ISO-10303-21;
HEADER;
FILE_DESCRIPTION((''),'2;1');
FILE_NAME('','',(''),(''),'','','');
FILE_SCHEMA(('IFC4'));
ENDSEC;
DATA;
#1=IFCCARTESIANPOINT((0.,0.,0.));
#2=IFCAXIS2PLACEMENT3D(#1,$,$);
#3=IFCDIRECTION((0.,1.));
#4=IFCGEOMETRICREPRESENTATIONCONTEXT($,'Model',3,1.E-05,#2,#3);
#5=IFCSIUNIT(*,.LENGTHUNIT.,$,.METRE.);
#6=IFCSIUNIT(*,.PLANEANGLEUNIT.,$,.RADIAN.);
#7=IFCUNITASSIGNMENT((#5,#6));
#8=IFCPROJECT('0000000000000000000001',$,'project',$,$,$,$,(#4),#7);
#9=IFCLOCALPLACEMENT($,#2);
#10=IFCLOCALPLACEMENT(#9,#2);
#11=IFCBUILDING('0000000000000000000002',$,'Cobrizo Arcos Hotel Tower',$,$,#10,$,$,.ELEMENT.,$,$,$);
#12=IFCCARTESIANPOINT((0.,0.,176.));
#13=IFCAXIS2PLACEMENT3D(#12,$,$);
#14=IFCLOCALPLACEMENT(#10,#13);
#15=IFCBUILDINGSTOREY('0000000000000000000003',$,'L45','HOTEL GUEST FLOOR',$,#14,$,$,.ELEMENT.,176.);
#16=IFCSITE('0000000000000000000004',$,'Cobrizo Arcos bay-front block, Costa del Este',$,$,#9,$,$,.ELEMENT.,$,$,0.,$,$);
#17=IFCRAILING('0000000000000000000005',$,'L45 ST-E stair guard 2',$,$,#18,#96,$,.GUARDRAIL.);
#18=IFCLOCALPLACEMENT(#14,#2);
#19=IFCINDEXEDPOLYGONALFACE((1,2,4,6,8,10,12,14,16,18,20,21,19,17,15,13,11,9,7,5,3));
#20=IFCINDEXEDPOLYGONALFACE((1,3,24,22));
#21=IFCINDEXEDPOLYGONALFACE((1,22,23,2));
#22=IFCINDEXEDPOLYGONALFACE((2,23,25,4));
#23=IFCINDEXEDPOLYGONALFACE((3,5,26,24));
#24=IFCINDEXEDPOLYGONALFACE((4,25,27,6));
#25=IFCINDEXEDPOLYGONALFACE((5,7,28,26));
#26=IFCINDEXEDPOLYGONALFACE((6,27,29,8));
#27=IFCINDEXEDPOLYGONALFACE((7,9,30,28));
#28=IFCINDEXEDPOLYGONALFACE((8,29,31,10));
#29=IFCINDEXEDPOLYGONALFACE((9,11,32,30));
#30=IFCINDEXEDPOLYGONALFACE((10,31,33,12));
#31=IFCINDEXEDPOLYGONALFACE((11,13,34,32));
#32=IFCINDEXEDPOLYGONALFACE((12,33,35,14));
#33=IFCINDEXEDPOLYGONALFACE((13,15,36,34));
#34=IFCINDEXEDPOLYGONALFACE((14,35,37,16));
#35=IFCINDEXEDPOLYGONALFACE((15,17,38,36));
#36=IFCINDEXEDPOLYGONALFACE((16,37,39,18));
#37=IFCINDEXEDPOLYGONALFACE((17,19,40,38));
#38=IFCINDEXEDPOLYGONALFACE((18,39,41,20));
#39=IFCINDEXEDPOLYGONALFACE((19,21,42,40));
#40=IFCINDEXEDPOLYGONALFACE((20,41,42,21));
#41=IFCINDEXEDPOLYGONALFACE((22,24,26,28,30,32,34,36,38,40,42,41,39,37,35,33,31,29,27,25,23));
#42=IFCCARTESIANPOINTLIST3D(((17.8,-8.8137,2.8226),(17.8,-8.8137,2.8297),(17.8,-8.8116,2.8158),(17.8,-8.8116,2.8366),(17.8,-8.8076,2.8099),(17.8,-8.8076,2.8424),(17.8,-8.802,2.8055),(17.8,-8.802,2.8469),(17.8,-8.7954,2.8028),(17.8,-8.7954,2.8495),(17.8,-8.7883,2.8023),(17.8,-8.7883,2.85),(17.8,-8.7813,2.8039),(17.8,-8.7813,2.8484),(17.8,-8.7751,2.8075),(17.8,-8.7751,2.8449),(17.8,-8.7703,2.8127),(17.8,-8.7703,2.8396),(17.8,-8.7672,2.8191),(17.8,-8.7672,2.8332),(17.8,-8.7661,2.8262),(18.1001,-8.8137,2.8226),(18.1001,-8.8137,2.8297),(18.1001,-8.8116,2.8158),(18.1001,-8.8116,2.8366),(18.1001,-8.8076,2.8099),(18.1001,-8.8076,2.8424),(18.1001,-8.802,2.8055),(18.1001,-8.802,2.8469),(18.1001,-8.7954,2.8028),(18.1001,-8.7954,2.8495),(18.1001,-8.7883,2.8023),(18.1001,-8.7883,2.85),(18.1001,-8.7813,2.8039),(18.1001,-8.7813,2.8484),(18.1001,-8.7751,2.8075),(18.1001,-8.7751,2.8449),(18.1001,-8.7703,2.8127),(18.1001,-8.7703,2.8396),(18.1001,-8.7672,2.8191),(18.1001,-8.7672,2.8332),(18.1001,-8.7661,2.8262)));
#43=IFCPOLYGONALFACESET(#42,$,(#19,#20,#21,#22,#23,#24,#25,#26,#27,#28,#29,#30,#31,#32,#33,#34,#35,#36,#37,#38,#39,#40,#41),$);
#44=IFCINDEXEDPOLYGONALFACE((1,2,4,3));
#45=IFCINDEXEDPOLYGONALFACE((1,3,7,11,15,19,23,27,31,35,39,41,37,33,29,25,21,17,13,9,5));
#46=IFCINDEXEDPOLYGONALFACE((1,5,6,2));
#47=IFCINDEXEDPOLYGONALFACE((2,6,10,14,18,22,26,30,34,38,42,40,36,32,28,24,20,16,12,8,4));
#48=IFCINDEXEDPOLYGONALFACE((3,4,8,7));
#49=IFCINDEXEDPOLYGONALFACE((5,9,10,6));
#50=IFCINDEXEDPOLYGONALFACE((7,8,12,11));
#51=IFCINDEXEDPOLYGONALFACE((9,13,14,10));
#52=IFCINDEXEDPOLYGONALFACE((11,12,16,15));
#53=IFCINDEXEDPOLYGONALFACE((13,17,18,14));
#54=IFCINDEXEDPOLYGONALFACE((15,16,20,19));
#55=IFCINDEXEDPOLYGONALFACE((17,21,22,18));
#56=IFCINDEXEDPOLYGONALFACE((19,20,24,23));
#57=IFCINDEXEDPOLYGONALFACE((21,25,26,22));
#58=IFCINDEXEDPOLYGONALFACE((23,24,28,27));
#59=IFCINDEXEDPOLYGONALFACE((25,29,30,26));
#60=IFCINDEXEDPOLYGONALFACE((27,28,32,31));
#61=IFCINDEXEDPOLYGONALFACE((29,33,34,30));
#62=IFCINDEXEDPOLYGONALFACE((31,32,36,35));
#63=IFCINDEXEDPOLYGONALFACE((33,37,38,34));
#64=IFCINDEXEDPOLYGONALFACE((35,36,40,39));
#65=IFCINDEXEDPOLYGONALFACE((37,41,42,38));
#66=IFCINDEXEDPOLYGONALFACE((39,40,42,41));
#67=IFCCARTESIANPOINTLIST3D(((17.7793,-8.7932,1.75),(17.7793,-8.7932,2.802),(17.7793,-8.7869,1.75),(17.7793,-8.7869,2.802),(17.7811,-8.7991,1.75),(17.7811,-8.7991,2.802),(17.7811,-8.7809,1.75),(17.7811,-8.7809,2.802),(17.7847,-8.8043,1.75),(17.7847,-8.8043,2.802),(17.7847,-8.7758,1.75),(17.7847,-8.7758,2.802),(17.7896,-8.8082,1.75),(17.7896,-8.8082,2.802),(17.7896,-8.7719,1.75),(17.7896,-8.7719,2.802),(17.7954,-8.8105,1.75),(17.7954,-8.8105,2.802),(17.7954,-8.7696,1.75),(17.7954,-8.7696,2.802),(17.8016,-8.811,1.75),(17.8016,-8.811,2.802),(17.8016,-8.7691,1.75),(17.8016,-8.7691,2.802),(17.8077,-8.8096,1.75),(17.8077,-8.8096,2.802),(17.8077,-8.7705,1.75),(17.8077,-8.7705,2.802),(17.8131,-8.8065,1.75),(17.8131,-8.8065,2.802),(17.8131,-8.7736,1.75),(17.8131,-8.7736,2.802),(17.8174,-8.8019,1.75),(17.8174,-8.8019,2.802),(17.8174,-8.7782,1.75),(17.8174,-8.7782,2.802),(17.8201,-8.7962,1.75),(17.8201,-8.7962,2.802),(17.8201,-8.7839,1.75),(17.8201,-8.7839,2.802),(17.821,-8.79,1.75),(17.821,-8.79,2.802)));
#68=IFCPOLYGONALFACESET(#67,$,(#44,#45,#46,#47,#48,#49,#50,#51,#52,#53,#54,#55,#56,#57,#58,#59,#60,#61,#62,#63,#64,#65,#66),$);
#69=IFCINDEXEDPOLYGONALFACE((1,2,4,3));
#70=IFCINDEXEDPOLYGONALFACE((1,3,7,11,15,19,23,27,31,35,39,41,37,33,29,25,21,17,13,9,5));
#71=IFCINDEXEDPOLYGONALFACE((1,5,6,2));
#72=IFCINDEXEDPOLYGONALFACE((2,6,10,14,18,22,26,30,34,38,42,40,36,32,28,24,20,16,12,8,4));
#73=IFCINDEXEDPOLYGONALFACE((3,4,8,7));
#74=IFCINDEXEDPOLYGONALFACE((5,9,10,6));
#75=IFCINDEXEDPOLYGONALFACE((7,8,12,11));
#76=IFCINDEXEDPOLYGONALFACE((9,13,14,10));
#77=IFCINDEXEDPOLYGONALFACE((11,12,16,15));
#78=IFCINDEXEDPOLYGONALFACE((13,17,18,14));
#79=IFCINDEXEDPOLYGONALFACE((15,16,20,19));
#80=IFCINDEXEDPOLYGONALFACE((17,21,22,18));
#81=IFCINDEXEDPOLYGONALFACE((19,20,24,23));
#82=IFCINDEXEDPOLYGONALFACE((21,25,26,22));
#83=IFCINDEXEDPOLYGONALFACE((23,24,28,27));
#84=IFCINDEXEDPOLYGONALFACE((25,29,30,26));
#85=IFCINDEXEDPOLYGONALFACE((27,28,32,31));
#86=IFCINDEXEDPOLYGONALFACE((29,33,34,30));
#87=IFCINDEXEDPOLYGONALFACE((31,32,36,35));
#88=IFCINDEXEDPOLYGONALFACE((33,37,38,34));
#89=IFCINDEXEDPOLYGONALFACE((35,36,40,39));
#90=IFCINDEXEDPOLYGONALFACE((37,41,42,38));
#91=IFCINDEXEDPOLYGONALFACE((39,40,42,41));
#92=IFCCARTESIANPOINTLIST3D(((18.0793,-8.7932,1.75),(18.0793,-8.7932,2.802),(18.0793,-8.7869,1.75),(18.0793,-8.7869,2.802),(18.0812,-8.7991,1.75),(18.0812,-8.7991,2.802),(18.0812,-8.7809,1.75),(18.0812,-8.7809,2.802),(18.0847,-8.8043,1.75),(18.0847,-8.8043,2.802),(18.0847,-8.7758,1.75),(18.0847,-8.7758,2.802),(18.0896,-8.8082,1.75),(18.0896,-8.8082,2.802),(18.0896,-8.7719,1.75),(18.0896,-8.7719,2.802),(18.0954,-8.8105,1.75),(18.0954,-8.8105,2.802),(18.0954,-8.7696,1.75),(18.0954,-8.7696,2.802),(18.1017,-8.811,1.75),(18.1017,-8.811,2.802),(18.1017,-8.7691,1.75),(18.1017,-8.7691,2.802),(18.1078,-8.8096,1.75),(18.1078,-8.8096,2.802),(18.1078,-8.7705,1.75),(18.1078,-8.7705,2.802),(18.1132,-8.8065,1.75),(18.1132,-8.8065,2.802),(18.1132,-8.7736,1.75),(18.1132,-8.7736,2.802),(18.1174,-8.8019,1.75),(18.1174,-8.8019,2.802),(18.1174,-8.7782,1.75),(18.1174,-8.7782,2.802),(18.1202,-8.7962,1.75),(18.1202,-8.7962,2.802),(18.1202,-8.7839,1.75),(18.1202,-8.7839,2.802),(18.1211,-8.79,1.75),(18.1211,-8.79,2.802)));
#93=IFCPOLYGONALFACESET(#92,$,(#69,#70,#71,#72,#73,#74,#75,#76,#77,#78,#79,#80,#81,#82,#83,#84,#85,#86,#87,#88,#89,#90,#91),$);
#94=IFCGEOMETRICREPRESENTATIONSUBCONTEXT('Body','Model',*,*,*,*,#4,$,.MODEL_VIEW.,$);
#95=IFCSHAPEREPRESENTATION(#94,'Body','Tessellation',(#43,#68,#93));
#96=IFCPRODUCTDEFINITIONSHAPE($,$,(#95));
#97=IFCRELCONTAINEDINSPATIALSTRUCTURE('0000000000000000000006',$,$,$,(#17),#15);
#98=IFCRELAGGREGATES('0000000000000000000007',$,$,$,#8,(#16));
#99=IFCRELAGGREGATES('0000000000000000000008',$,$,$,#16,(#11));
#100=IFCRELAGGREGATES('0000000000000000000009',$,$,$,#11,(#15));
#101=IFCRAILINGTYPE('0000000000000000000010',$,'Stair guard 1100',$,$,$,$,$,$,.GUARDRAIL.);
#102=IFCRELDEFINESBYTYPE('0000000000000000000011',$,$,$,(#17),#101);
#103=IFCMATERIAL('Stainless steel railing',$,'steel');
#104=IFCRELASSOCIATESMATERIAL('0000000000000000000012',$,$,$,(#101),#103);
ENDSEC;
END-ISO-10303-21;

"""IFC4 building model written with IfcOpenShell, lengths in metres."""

from ifc_helpers import new_model, si_unit, direction, frame, origin, origin_2d, place, context, subcontext, project, spatial, circle, extrude, material, type_object, element, save


model = new_model("IFC4")

# Units and contexts
model_context = context("Model", 3, precision=1e-05, world=origin(), true_north=direction((0.0, 1.0)))
body_context = subcontext(model_context, "Body", "Model", "MODEL_VIEW")
ifc_project = project(units=[si_unit("LENGTHUNIT", "METRE"), si_unit("PLANEANGLEUNIT", "RADIAN")], contexts=[model_context])

# Site, building, storey
site_placement = place(None, origin())
site = spatial("IfcSite", under=ifc_project, at=site_placement, Name="Cobrizo Arcos bay-front block, Costa del Este", CompositionType="ELEMENT", RefElevation=0.0)
building_placement = place(site_placement, origin())
building = spatial("IfcBuilding", under=site, at=building_placement, Name="Cobrizo Arcos Hotel Tower", CompositionType="ELEMENT")
storey_placement = place(building_placement, frame((0.0, 0.0, 176.0)))
storey = spatial("IfcBuildingStorey", under=building, at=storey_placement, Name="L45", Description="HOTEL GUEST FLOOR", CompositionType="ELEMENT", Elevation=176.0)

# Railing
ifc_material_1 = material(Name="Stainless steel railing", Category="steel")
railing_type_1 = type_object("IfcRailingType", Name="Stair guard 1100", PredefinedType="GUARDRAIL", material=ifc_material_1)
railing_1_placement = place(storey_placement, frame((17.8, -8.79, 1.75)))
element("IfcRailing", 1, at=railing_1_placement, inside=storey, type_object=railing_type_1, Name="L45 ST-E stair guard 2", PredefinedType="GUARDRAIL", context=body_context, shape_type="SweptSolid", body=[
    extrude(circle(Radius=0.0239, at=origin_2d()), frame((0.0, 0.0, 1.0762), z_axis=(1.0, 0.0, 0.0), x_axis=(0.0, 1.0, 0.0)), (0.0, 0.0, 1.0), 0.3),
    extrude(circle(Radius=0.021, at=origin_2d()), origin(), (0.0, 0.0, 1.0), 1.052),
    extrude(circle(Radius=0.021, at=origin_2d()), frame((0.3, 0.0, 0.0)), (0.0, 0.0, 1.0), 1.052),
])

save(model, "model.ifc")
